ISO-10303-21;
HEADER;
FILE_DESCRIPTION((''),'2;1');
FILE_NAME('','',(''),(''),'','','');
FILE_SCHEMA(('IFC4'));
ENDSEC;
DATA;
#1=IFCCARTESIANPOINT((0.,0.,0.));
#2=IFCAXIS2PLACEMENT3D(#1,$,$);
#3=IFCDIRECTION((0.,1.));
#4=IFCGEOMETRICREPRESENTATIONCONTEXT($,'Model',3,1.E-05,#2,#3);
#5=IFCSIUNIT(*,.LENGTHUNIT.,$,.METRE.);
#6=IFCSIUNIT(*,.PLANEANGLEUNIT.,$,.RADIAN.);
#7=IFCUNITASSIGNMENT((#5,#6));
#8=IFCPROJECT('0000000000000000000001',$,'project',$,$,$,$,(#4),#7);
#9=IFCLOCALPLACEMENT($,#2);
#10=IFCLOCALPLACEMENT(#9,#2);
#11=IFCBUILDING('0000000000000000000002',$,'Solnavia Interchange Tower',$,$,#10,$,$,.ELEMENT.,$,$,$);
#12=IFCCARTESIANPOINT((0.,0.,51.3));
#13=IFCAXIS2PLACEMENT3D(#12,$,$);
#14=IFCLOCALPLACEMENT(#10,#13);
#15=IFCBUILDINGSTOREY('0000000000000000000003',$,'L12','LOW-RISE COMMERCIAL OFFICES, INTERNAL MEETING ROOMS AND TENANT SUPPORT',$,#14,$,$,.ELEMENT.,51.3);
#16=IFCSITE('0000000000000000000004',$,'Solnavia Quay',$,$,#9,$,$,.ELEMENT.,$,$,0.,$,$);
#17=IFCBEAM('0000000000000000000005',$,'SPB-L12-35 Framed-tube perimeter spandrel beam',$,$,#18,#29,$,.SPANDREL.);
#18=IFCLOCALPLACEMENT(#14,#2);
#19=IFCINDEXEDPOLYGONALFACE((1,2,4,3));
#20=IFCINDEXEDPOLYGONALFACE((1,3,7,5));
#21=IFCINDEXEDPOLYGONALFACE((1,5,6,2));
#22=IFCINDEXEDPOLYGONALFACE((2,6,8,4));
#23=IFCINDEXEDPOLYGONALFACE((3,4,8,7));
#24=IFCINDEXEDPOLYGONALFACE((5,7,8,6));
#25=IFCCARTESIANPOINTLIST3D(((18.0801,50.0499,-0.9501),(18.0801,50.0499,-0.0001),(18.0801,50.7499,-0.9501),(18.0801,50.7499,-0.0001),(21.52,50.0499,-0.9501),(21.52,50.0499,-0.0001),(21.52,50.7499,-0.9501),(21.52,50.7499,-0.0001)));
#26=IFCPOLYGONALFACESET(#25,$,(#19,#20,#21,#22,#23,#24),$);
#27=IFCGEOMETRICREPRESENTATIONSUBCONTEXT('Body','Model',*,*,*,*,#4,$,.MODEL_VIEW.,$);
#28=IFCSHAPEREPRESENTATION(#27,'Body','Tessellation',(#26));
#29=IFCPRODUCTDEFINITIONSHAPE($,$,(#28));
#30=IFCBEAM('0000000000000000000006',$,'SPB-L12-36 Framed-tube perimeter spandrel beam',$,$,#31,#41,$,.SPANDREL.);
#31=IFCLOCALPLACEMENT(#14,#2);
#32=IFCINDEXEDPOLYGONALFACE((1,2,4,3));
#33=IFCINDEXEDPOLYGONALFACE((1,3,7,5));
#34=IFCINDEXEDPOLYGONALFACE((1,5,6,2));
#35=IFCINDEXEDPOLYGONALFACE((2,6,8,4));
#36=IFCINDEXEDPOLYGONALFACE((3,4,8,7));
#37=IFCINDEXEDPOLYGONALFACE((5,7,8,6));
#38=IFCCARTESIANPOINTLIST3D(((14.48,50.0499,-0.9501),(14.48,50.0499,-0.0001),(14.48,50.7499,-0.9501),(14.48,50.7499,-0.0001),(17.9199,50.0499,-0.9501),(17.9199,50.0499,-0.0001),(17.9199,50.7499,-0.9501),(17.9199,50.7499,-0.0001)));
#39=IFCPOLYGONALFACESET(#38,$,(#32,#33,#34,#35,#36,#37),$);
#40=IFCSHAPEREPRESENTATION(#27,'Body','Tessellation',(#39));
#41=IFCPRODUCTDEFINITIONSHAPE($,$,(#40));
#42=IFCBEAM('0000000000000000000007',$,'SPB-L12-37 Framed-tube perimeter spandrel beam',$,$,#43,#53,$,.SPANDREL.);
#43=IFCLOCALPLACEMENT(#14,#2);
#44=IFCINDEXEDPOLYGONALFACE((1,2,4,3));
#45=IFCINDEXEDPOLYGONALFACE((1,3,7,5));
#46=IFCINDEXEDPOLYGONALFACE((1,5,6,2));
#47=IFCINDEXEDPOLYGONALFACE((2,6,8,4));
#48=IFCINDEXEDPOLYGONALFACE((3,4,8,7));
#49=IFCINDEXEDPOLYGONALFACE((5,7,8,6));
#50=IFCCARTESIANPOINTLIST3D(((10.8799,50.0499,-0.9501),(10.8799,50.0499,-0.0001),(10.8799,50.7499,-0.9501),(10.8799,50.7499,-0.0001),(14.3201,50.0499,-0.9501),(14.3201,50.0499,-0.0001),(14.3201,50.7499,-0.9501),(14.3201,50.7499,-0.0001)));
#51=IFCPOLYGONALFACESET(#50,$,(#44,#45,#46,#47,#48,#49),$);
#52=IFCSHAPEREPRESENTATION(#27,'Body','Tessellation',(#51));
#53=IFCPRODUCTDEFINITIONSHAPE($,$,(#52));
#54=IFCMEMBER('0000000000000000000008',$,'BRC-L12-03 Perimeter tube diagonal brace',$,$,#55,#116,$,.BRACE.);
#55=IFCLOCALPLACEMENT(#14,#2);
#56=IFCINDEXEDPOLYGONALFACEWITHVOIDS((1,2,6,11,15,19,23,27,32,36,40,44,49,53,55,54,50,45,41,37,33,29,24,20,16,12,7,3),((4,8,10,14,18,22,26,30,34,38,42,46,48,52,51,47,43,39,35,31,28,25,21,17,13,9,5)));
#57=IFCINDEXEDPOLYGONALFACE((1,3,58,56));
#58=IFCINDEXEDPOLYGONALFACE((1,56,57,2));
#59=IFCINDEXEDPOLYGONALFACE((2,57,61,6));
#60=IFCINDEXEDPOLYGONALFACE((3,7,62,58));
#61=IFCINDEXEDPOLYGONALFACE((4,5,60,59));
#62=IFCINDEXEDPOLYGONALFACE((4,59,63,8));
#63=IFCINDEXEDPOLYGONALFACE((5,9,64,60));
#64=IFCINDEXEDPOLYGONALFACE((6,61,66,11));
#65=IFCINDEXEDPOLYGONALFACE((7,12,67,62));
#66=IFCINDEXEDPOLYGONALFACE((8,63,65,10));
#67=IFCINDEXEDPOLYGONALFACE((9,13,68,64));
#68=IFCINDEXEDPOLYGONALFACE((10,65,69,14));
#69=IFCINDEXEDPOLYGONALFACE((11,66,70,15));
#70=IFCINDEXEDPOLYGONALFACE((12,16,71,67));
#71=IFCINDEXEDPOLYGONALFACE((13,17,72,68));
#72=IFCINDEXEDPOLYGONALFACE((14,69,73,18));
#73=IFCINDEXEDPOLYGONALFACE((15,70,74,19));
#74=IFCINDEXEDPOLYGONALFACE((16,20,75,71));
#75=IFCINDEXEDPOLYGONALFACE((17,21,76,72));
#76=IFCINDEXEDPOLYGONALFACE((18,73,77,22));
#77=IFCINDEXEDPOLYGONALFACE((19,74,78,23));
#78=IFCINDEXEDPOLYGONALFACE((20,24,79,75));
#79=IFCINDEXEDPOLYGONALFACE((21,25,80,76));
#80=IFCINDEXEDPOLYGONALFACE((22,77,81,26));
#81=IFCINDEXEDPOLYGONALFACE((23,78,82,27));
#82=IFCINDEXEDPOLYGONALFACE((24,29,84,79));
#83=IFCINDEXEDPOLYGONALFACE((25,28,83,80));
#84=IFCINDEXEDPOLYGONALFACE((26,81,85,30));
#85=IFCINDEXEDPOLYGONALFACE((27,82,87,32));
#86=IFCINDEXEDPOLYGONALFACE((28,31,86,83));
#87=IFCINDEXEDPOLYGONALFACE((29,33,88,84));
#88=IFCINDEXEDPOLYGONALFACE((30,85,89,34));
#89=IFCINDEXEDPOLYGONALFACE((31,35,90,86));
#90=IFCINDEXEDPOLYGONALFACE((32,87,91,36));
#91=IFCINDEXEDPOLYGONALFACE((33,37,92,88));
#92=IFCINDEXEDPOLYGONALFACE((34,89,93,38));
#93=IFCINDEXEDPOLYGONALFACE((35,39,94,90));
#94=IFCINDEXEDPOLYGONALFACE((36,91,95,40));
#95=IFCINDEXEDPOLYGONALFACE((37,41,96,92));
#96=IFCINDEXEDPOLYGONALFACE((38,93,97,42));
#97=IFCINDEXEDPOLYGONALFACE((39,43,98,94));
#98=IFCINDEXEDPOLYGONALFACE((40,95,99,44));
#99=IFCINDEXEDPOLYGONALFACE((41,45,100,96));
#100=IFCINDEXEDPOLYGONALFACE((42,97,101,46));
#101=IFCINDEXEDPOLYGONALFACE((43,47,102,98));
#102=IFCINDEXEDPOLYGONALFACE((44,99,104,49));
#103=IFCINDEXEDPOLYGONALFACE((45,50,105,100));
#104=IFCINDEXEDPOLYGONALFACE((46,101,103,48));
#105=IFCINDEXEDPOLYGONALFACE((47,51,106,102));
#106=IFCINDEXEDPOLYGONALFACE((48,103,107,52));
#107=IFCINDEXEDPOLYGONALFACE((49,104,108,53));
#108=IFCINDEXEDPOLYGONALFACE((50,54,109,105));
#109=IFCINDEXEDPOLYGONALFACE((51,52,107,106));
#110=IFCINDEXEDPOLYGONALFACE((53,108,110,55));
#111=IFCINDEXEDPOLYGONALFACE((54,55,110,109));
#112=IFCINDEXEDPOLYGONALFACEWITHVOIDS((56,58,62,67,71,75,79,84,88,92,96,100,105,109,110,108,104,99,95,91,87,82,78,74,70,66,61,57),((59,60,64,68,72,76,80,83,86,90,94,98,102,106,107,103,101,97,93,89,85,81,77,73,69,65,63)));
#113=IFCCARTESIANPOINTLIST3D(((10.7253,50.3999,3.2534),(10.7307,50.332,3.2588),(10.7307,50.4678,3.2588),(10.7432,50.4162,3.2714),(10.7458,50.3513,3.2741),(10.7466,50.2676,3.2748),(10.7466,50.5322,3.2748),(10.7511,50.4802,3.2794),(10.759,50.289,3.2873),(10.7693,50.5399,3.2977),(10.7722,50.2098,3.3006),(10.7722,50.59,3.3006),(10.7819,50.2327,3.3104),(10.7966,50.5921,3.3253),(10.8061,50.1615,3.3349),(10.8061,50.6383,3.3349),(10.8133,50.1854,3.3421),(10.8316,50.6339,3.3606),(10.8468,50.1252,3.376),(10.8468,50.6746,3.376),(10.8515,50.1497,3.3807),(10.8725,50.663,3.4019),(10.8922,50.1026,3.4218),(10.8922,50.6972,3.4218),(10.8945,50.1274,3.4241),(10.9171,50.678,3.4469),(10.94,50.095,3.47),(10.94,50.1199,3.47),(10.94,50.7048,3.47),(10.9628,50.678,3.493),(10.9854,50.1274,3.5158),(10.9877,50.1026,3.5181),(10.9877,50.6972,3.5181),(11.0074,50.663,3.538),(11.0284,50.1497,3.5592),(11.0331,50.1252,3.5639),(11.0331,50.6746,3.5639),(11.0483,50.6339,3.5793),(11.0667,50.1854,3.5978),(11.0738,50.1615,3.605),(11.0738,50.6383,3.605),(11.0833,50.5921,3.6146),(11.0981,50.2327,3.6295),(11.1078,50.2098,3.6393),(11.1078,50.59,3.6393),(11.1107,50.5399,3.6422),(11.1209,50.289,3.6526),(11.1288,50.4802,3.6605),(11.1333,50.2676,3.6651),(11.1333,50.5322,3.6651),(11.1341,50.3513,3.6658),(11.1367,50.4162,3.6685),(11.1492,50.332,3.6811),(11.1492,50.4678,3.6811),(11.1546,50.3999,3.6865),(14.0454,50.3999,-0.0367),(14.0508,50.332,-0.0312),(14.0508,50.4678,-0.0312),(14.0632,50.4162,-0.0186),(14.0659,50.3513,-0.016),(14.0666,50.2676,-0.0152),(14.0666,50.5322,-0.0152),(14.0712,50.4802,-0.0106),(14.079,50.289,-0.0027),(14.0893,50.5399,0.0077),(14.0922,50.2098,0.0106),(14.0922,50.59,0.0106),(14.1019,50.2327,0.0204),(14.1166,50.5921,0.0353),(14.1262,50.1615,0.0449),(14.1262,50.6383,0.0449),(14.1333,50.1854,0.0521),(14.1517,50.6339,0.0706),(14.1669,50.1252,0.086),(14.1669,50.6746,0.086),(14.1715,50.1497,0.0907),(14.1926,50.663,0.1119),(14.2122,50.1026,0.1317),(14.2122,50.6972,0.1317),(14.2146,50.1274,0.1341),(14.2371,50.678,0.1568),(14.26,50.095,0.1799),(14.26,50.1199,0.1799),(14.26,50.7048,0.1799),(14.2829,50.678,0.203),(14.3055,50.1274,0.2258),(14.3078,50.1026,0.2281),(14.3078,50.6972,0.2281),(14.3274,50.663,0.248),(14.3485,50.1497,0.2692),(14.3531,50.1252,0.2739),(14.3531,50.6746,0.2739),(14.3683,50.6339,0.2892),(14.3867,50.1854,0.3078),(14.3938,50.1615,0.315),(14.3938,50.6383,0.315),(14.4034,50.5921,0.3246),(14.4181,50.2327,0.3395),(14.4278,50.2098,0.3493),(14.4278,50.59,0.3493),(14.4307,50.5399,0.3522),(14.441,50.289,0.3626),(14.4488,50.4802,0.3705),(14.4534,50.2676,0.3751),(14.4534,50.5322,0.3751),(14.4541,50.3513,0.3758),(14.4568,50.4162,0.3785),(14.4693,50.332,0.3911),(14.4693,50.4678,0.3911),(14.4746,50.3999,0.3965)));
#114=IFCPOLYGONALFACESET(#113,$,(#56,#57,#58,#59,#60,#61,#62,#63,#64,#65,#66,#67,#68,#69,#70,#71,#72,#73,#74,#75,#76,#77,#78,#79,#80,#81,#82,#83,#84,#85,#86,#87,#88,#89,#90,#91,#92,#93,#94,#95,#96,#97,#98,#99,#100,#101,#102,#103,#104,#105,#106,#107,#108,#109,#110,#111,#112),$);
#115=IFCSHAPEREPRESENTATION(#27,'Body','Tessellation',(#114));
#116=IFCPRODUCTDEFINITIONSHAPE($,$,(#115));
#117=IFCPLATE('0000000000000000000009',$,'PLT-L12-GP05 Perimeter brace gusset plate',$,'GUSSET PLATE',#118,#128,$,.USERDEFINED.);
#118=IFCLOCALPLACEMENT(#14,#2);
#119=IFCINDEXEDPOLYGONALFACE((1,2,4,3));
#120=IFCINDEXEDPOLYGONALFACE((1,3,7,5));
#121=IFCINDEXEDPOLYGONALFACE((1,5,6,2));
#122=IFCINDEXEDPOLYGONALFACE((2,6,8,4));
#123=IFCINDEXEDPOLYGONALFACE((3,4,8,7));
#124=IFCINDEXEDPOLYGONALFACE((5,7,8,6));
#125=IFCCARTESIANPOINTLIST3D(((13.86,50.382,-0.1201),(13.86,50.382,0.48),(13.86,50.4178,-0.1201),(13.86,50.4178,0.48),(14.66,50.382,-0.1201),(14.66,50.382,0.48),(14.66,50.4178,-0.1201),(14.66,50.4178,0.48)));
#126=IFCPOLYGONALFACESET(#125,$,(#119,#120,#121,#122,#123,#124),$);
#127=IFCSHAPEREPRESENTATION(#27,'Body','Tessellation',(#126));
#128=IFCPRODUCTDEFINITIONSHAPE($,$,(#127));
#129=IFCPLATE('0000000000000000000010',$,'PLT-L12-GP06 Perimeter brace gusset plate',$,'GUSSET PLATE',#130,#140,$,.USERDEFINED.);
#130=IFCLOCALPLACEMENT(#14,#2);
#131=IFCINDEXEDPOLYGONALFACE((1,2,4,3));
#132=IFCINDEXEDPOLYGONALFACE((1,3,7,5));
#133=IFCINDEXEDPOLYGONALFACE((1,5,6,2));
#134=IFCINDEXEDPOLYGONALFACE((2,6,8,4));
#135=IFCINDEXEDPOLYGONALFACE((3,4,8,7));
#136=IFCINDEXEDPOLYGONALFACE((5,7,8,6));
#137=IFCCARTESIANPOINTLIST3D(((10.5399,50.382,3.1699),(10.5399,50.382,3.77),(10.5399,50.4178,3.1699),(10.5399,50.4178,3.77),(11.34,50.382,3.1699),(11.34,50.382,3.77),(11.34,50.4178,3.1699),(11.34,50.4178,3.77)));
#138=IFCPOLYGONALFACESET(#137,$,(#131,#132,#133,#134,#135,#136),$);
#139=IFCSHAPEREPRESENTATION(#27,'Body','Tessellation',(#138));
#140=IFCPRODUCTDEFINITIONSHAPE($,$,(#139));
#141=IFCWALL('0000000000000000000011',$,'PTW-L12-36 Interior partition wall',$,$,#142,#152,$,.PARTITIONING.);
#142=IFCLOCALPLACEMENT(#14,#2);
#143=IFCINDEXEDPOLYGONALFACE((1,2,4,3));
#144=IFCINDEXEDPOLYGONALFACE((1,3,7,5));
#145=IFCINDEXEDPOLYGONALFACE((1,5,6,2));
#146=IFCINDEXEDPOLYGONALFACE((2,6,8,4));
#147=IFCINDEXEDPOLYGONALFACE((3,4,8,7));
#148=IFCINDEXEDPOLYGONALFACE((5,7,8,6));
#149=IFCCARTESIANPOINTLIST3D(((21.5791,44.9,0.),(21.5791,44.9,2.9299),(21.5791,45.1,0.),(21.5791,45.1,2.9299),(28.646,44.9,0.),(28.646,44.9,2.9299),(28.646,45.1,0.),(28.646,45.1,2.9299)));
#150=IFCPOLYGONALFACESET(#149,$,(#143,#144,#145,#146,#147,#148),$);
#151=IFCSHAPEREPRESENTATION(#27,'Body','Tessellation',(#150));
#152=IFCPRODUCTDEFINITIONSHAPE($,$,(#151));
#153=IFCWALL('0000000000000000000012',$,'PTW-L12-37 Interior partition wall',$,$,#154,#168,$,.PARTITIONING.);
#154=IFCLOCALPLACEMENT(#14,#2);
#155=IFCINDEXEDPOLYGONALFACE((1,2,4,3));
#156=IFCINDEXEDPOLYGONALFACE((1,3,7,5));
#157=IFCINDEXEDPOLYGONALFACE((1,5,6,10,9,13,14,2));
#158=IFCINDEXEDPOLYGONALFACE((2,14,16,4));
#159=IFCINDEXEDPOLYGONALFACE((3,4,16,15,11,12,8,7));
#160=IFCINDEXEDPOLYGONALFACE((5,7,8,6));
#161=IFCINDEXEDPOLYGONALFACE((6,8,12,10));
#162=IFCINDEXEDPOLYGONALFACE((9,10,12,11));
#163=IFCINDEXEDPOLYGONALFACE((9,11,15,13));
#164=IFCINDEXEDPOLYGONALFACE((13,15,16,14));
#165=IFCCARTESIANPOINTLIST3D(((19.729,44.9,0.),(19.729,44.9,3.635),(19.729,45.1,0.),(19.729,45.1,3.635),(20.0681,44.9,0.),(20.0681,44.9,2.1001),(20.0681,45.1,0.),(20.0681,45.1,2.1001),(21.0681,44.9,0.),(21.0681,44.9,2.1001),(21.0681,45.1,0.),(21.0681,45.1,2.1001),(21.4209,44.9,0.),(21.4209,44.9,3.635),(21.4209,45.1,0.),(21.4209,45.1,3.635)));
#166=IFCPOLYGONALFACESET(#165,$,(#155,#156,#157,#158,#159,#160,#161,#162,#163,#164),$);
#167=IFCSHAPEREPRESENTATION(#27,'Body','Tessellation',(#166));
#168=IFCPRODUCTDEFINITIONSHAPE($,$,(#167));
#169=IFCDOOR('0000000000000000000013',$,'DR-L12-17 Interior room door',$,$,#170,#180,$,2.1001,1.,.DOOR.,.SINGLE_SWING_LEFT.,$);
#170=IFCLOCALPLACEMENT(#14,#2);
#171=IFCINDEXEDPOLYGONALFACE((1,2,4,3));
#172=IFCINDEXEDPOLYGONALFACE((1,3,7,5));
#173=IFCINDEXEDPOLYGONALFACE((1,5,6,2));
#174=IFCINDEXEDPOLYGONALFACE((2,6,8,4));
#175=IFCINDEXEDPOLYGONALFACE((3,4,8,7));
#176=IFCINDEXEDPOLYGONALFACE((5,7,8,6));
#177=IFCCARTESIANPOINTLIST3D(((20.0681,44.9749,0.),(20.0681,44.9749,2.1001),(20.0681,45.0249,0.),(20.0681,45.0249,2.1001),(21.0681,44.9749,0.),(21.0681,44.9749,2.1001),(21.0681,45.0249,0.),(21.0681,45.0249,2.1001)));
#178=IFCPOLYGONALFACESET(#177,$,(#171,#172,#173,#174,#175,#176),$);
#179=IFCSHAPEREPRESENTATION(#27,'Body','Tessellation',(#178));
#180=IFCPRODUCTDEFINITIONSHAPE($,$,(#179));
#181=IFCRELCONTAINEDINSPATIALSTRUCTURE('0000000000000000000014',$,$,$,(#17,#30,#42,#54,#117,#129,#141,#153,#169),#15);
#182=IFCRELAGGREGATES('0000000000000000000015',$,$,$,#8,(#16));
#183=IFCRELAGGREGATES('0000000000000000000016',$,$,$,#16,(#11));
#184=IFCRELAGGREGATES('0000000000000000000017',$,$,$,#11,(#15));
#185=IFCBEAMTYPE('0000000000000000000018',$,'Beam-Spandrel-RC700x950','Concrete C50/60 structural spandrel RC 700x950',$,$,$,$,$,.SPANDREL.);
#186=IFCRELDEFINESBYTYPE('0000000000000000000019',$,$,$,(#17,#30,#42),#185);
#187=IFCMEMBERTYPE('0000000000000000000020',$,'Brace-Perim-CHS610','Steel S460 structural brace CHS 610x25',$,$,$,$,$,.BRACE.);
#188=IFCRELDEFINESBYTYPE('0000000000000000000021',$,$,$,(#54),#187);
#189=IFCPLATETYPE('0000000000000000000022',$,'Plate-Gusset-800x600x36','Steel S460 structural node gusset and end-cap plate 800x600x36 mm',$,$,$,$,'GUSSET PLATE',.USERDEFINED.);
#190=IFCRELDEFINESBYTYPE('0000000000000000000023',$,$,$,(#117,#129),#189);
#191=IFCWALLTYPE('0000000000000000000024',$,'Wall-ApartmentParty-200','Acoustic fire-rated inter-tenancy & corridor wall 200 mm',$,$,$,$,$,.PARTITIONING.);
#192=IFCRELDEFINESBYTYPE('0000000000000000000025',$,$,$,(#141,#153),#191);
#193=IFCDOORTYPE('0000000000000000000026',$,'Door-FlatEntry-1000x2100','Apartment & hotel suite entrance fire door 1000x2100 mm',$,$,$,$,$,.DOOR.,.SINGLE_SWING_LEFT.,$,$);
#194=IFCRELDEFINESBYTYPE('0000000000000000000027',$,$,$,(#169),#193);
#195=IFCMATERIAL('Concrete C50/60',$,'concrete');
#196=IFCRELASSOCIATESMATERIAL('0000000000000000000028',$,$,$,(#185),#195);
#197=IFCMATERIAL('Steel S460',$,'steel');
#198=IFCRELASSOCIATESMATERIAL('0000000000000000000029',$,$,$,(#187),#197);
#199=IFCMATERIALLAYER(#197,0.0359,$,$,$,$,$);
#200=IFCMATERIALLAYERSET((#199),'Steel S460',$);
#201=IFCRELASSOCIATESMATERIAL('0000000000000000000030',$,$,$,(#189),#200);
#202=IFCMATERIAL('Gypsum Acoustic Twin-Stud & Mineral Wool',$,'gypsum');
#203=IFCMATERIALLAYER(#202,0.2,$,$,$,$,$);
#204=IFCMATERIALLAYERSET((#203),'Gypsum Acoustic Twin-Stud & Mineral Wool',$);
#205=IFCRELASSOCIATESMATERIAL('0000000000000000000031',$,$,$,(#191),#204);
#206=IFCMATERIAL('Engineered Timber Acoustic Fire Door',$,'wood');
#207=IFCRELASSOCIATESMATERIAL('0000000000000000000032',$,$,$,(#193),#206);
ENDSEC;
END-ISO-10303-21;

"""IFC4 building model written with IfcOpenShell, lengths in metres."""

from ifc_helpers import new_model, si_unit, direction, frame, frame_2d, origin, origin_2d, place, context, subcontext, project, spatial, rectangle, hollow_circle, extrude, material, layer, layer_set, material_profile, profile_set, type_object, element, fill, save


model = new_model("IFC4")

# Units and contexts
model_context = context("Model", 3, precision=1e-05, world=origin(), true_north=direction((0.0, 1.0)))
body_context = subcontext(model_context, "Body", "Model", "MODEL_VIEW")
ifc_project = project(units=[si_unit("LENGTHUNIT", "METRE"), si_unit("PLANEANGLEUNIT", "RADIAN")], contexts=[model_context])

# Site, building, storey
site_placement = place(None, origin())
site = spatial("IfcSite", under=ifc_project, at=site_placement, Name="Solnavia Quay", CompositionType="ELEMENT", RefElevation=0.0)
building_placement = place(site_placement, origin())
building = spatial("IfcBuilding", under=site, at=building_placement, Name="Solnavia Interchange Tower", CompositionType="ELEMENT")
storey_placement = place(building_placement, frame((0.0, 0.0, 51.3)))
storey = spatial("IfcBuildingStorey", under=building, at=storey_placement, Name="L12", Description="LOW-RISE COMMERCIAL OFFICES, INTERNAL MEETING ROOMS AND TENANT SUPPORT", CompositionType="ELEMENT", Elevation=51.3)

# Beams
ifc_material_1 = material(Name="Steel S460", Category="steel")
ifc_material_2 = material(Name="Concrete C50/60", Category="concrete")
ifc_material_profile_1 = material_profile(ifc_material_2, rectangle(XDim=0.7, YDim=0.95, at=origin_2d()), Name="RC 700x950")
ifc_profile_set_1 = profile_set([ifc_material_profile_1], Name="Concrete C50/60")
beam_type_1 = type_object("IfcBeamType", Name="Beam-Spandrel-RC700x950", Description="Concrete C50/60 structural spandrel RC 700x950", PredefinedType="SPANDREL", material=ifc_profile_set_1)
for number, where, z_axis, x_axis, name in (
    (1, (21.52, 50.3999, -0.4751), (-1.0, 0.0, 0.0), (0.0, -1.0, 0.0), "SPB-L12-35 Framed-tube perimeter spandrel beam"),
    (2, (17.9199, 50.3999, -0.4751), (-1.0, 0.0, 0.0), (0.0, -1.0, 0.0), "SPB-L12-36 Framed-tube perimeter spandrel beam"),
):
    element("IfcBeam", number, at=place(storey_placement, frame(where, z_axis=z_axis, x_axis=x_axis)), inside=storey, type_object=beam_type_1, Name=name, PredefinedType="SPANDREL", context=body_context, shape_type="SweptSolid", body=[
        extrude(rectangle(XDim=0.7, YDim=0.95, at=origin_2d()), origin(), (0.0, 0.0, 1.0), 3.4399),
    ])
beam_1_placement = place(storey_placement, frame((14.3201, 50.3999, -0.4751), z_axis=(-1.0, 0.0, 0.0), x_axis=(0.0, -1.0, 0.0)))
element("IfcBeam", 3, at=beam_1_placement, inside=storey, type_object=beam_type_1, Name="SPB-L12-37 Framed-tube perimeter spandrel beam", PredefinedType="SPANDREL", context=body_context, shape_type="SweptSolid", body=[
    extrude(rectangle(XDim=0.7, YDim=0.95, at=origin_2d()), origin(), (0.0, 0.0, 1.0), 3.4402),
])

# Member
ifc_material_profile_2 = material_profile(ifc_material_1, hollow_circle(Radius=0.3049, WallThickness=0.0249, at=origin_2d()), Name="CHS 610x25")
ifc_profile_set_2 = profile_set([ifc_material_profile_2], Name="Steel S460")
member_type = type_object("IfcMemberType", Name="Brace-Perim-CHS610", Description="Steel S460 structural brace CHS 610x25", PredefinedType="BRACE", material=ifc_profile_set_2)
member_placement = place(storey_placement, frame((14.26, 50.3999, 0.1799), z_axis=(-0.710312, 0.0, 0.703887), x_axis=(0.0, -1.0, 0.0)))
element("IfcMember", 4, at=member_placement, inside=storey, type_object=member_type, Name="BRC-L12-03 Perimeter tube diagonal brace", PredefinedType="BRACE", context=body_context, shape_type="SweptSolid", body=[
    extrude(hollow_circle(Radius=0.3049, WallThickness=0.0249, at=origin_2d()), origin(), (0.0, 0.0, 1.0), 4.6741),
])

# Plates
ifc_layer_1 = layer(ifc_material_1, 0.0359)
ifc_layer_set_1 = layer_set([ifc_layer_1], Name="Steel S460")
plate_type = type_object("IfcPlateType", Name="Plate-Gusset-800x600x36", Description="Steel S460 structural node gusset and end-cap plate 800x600x36 mm", ElementType="GUSSET PLATE", PredefinedType="USERDEFINED", material=ifc_layer_set_1)
for number, where, z_axis, x_axis, name in (
    (5, (14.26, 50.3999, -0.1201), (0.0, 0.0, 1.0), (-1.0, 0.0, 0.0), "PLT-L12-GP05 Perimeter brace gusset plate"),
    (6, (10.9399, 50.3999, 3.1699), (0.0, 0.0, 1.0), (-1.0, 0.0, 0.0), "PLT-L12-GP06 Perimeter brace gusset plate"),
):
    element("IfcPlate", number, at=place(storey_placement, frame(where, z_axis=z_axis, x_axis=x_axis)), inside=storey, type_object=plate_type, Name=name, ObjectType="GUSSET PLATE", PredefinedType="USERDEFINED", context=body_context, shape_type="SweptSolid", body=[
        extrude(rectangle(XDim=0.8, YDim=0.0359, at=origin_2d()), origin(), (0.0, 0.0, 1.0), 0.6001),
    ])

# Wall
ifc_material_3 = material(Name="Gypsum Acoustic Twin-Stud & Mineral Wool", Category="gypsum")
ifc_layer_2 = layer(ifc_material_3, 0.2)
ifc_layer_set_2 = layer_set([ifc_layer_2], Name="Gypsum Acoustic Twin-Stud & Mineral Wool")
wall_type_1 = type_object("IfcWallType", Name="Wall-ApartmentParty-200", Description="Acoustic fire-rated inter-tenancy & corridor wall 200 mm", PredefinedType="PARTITIONING", material=ifc_layer_set_2)
wall_1_placement = place(storey_placement, frame((21.5791, 45.0, 0.0), z_axis=(0.0, 0.0, 1.0), x_axis=(1.0, 0.0, 0.0)))
element("IfcWall", 7, at=wall_1_placement, inside=storey, type_object=wall_type_1, Name="PTW-L12-36 Interior partition wall", PredefinedType="PARTITIONING", context=body_context, shape_type="SweptSolid", body=[
    extrude(rectangle(XDim=7.0669, YDim=0.2, at=frame_2d((3.5334, 0.0))), origin(), (0.0, 0.0, 1.0), 2.9299),
])

# Wall, opening, door
wall_2_placement = place(storey_placement, frame((19.729, 45.0, 0.0), z_axis=(0.0, 0.0, 1.0), x_axis=(1.0, 0.0, 0.0)))
wall_2 = element("IfcWall", 8, at=wall_2_placement, inside=storey, type_object=wall_type_1, Name="PTW-L12-37 Interior partition wall", PredefinedType="PARTITIONING", context=body_context, shape_type="SweptSolid", body=[
    extrude(rectangle(XDim=1.6919, YDim=0.2, at=frame_2d((0.8459, 0.0))), origin(), (0.0, 0.0, 1.0), 3.635),
])
opening_1_placement = place(wall_2_placement, frame((0.3391, 0.0, 0.0)))
opening_1 = element("IfcOpeningElement", 9, at=opening_1_placement, cuts=wall_2, PredefinedType="OPENING", context=body_context, shape_type="SweptSolid", body=[
    extrude(rectangle(XDim=1.0, YDim=2.1001, at=frame_2d((0.5, 1.05))), frame((0.0, 0.1099, 0.0), z_axis=(0.0, -1.0, 0.0), x_axis=(1.0, 0.0, 0.0)), (0.0, 0.0, 1.0), 0.22),
])
ifc_material_4 = material(Name="Engineered Timber Acoustic Fire Door", Category="wood")
door_type_1 = type_object("IfcDoorType", Name="Door-FlatEntry-1000x2100", Description="Apartment & hotel suite entrance fire door 1000x2100 mm", OperationType="SINGLE_SWING_LEFT", PredefinedType="DOOR", material=ifc_material_4)
door_1_placement = place(opening_1_placement, origin())
door_1 = element("IfcDoor", 10, at=door_1_placement, inside=storey, type_object=door_type_1, Name="DR-L12-17 Interior room door", OperationType="SINGLE_SWING_LEFT", OverallHeight=2.1001, OverallWidth=1.0, PredefinedType="DOOR", context=body_context, shape_type="SweptSolid", body=[
    extrude(rectangle(XDim=1.0, YDim=2.1001, at=frame_2d((0.5, 1.05))), frame((0.0, 0.0249, 0.0), z_axis=(0.0, -1.0, 0.0), x_axis=(1.0, 0.0, 0.0)), (0.0, 0.0, 1.0), 0.05),
])
fill(opening_1, door_1)

save(model, "model.ifc")
